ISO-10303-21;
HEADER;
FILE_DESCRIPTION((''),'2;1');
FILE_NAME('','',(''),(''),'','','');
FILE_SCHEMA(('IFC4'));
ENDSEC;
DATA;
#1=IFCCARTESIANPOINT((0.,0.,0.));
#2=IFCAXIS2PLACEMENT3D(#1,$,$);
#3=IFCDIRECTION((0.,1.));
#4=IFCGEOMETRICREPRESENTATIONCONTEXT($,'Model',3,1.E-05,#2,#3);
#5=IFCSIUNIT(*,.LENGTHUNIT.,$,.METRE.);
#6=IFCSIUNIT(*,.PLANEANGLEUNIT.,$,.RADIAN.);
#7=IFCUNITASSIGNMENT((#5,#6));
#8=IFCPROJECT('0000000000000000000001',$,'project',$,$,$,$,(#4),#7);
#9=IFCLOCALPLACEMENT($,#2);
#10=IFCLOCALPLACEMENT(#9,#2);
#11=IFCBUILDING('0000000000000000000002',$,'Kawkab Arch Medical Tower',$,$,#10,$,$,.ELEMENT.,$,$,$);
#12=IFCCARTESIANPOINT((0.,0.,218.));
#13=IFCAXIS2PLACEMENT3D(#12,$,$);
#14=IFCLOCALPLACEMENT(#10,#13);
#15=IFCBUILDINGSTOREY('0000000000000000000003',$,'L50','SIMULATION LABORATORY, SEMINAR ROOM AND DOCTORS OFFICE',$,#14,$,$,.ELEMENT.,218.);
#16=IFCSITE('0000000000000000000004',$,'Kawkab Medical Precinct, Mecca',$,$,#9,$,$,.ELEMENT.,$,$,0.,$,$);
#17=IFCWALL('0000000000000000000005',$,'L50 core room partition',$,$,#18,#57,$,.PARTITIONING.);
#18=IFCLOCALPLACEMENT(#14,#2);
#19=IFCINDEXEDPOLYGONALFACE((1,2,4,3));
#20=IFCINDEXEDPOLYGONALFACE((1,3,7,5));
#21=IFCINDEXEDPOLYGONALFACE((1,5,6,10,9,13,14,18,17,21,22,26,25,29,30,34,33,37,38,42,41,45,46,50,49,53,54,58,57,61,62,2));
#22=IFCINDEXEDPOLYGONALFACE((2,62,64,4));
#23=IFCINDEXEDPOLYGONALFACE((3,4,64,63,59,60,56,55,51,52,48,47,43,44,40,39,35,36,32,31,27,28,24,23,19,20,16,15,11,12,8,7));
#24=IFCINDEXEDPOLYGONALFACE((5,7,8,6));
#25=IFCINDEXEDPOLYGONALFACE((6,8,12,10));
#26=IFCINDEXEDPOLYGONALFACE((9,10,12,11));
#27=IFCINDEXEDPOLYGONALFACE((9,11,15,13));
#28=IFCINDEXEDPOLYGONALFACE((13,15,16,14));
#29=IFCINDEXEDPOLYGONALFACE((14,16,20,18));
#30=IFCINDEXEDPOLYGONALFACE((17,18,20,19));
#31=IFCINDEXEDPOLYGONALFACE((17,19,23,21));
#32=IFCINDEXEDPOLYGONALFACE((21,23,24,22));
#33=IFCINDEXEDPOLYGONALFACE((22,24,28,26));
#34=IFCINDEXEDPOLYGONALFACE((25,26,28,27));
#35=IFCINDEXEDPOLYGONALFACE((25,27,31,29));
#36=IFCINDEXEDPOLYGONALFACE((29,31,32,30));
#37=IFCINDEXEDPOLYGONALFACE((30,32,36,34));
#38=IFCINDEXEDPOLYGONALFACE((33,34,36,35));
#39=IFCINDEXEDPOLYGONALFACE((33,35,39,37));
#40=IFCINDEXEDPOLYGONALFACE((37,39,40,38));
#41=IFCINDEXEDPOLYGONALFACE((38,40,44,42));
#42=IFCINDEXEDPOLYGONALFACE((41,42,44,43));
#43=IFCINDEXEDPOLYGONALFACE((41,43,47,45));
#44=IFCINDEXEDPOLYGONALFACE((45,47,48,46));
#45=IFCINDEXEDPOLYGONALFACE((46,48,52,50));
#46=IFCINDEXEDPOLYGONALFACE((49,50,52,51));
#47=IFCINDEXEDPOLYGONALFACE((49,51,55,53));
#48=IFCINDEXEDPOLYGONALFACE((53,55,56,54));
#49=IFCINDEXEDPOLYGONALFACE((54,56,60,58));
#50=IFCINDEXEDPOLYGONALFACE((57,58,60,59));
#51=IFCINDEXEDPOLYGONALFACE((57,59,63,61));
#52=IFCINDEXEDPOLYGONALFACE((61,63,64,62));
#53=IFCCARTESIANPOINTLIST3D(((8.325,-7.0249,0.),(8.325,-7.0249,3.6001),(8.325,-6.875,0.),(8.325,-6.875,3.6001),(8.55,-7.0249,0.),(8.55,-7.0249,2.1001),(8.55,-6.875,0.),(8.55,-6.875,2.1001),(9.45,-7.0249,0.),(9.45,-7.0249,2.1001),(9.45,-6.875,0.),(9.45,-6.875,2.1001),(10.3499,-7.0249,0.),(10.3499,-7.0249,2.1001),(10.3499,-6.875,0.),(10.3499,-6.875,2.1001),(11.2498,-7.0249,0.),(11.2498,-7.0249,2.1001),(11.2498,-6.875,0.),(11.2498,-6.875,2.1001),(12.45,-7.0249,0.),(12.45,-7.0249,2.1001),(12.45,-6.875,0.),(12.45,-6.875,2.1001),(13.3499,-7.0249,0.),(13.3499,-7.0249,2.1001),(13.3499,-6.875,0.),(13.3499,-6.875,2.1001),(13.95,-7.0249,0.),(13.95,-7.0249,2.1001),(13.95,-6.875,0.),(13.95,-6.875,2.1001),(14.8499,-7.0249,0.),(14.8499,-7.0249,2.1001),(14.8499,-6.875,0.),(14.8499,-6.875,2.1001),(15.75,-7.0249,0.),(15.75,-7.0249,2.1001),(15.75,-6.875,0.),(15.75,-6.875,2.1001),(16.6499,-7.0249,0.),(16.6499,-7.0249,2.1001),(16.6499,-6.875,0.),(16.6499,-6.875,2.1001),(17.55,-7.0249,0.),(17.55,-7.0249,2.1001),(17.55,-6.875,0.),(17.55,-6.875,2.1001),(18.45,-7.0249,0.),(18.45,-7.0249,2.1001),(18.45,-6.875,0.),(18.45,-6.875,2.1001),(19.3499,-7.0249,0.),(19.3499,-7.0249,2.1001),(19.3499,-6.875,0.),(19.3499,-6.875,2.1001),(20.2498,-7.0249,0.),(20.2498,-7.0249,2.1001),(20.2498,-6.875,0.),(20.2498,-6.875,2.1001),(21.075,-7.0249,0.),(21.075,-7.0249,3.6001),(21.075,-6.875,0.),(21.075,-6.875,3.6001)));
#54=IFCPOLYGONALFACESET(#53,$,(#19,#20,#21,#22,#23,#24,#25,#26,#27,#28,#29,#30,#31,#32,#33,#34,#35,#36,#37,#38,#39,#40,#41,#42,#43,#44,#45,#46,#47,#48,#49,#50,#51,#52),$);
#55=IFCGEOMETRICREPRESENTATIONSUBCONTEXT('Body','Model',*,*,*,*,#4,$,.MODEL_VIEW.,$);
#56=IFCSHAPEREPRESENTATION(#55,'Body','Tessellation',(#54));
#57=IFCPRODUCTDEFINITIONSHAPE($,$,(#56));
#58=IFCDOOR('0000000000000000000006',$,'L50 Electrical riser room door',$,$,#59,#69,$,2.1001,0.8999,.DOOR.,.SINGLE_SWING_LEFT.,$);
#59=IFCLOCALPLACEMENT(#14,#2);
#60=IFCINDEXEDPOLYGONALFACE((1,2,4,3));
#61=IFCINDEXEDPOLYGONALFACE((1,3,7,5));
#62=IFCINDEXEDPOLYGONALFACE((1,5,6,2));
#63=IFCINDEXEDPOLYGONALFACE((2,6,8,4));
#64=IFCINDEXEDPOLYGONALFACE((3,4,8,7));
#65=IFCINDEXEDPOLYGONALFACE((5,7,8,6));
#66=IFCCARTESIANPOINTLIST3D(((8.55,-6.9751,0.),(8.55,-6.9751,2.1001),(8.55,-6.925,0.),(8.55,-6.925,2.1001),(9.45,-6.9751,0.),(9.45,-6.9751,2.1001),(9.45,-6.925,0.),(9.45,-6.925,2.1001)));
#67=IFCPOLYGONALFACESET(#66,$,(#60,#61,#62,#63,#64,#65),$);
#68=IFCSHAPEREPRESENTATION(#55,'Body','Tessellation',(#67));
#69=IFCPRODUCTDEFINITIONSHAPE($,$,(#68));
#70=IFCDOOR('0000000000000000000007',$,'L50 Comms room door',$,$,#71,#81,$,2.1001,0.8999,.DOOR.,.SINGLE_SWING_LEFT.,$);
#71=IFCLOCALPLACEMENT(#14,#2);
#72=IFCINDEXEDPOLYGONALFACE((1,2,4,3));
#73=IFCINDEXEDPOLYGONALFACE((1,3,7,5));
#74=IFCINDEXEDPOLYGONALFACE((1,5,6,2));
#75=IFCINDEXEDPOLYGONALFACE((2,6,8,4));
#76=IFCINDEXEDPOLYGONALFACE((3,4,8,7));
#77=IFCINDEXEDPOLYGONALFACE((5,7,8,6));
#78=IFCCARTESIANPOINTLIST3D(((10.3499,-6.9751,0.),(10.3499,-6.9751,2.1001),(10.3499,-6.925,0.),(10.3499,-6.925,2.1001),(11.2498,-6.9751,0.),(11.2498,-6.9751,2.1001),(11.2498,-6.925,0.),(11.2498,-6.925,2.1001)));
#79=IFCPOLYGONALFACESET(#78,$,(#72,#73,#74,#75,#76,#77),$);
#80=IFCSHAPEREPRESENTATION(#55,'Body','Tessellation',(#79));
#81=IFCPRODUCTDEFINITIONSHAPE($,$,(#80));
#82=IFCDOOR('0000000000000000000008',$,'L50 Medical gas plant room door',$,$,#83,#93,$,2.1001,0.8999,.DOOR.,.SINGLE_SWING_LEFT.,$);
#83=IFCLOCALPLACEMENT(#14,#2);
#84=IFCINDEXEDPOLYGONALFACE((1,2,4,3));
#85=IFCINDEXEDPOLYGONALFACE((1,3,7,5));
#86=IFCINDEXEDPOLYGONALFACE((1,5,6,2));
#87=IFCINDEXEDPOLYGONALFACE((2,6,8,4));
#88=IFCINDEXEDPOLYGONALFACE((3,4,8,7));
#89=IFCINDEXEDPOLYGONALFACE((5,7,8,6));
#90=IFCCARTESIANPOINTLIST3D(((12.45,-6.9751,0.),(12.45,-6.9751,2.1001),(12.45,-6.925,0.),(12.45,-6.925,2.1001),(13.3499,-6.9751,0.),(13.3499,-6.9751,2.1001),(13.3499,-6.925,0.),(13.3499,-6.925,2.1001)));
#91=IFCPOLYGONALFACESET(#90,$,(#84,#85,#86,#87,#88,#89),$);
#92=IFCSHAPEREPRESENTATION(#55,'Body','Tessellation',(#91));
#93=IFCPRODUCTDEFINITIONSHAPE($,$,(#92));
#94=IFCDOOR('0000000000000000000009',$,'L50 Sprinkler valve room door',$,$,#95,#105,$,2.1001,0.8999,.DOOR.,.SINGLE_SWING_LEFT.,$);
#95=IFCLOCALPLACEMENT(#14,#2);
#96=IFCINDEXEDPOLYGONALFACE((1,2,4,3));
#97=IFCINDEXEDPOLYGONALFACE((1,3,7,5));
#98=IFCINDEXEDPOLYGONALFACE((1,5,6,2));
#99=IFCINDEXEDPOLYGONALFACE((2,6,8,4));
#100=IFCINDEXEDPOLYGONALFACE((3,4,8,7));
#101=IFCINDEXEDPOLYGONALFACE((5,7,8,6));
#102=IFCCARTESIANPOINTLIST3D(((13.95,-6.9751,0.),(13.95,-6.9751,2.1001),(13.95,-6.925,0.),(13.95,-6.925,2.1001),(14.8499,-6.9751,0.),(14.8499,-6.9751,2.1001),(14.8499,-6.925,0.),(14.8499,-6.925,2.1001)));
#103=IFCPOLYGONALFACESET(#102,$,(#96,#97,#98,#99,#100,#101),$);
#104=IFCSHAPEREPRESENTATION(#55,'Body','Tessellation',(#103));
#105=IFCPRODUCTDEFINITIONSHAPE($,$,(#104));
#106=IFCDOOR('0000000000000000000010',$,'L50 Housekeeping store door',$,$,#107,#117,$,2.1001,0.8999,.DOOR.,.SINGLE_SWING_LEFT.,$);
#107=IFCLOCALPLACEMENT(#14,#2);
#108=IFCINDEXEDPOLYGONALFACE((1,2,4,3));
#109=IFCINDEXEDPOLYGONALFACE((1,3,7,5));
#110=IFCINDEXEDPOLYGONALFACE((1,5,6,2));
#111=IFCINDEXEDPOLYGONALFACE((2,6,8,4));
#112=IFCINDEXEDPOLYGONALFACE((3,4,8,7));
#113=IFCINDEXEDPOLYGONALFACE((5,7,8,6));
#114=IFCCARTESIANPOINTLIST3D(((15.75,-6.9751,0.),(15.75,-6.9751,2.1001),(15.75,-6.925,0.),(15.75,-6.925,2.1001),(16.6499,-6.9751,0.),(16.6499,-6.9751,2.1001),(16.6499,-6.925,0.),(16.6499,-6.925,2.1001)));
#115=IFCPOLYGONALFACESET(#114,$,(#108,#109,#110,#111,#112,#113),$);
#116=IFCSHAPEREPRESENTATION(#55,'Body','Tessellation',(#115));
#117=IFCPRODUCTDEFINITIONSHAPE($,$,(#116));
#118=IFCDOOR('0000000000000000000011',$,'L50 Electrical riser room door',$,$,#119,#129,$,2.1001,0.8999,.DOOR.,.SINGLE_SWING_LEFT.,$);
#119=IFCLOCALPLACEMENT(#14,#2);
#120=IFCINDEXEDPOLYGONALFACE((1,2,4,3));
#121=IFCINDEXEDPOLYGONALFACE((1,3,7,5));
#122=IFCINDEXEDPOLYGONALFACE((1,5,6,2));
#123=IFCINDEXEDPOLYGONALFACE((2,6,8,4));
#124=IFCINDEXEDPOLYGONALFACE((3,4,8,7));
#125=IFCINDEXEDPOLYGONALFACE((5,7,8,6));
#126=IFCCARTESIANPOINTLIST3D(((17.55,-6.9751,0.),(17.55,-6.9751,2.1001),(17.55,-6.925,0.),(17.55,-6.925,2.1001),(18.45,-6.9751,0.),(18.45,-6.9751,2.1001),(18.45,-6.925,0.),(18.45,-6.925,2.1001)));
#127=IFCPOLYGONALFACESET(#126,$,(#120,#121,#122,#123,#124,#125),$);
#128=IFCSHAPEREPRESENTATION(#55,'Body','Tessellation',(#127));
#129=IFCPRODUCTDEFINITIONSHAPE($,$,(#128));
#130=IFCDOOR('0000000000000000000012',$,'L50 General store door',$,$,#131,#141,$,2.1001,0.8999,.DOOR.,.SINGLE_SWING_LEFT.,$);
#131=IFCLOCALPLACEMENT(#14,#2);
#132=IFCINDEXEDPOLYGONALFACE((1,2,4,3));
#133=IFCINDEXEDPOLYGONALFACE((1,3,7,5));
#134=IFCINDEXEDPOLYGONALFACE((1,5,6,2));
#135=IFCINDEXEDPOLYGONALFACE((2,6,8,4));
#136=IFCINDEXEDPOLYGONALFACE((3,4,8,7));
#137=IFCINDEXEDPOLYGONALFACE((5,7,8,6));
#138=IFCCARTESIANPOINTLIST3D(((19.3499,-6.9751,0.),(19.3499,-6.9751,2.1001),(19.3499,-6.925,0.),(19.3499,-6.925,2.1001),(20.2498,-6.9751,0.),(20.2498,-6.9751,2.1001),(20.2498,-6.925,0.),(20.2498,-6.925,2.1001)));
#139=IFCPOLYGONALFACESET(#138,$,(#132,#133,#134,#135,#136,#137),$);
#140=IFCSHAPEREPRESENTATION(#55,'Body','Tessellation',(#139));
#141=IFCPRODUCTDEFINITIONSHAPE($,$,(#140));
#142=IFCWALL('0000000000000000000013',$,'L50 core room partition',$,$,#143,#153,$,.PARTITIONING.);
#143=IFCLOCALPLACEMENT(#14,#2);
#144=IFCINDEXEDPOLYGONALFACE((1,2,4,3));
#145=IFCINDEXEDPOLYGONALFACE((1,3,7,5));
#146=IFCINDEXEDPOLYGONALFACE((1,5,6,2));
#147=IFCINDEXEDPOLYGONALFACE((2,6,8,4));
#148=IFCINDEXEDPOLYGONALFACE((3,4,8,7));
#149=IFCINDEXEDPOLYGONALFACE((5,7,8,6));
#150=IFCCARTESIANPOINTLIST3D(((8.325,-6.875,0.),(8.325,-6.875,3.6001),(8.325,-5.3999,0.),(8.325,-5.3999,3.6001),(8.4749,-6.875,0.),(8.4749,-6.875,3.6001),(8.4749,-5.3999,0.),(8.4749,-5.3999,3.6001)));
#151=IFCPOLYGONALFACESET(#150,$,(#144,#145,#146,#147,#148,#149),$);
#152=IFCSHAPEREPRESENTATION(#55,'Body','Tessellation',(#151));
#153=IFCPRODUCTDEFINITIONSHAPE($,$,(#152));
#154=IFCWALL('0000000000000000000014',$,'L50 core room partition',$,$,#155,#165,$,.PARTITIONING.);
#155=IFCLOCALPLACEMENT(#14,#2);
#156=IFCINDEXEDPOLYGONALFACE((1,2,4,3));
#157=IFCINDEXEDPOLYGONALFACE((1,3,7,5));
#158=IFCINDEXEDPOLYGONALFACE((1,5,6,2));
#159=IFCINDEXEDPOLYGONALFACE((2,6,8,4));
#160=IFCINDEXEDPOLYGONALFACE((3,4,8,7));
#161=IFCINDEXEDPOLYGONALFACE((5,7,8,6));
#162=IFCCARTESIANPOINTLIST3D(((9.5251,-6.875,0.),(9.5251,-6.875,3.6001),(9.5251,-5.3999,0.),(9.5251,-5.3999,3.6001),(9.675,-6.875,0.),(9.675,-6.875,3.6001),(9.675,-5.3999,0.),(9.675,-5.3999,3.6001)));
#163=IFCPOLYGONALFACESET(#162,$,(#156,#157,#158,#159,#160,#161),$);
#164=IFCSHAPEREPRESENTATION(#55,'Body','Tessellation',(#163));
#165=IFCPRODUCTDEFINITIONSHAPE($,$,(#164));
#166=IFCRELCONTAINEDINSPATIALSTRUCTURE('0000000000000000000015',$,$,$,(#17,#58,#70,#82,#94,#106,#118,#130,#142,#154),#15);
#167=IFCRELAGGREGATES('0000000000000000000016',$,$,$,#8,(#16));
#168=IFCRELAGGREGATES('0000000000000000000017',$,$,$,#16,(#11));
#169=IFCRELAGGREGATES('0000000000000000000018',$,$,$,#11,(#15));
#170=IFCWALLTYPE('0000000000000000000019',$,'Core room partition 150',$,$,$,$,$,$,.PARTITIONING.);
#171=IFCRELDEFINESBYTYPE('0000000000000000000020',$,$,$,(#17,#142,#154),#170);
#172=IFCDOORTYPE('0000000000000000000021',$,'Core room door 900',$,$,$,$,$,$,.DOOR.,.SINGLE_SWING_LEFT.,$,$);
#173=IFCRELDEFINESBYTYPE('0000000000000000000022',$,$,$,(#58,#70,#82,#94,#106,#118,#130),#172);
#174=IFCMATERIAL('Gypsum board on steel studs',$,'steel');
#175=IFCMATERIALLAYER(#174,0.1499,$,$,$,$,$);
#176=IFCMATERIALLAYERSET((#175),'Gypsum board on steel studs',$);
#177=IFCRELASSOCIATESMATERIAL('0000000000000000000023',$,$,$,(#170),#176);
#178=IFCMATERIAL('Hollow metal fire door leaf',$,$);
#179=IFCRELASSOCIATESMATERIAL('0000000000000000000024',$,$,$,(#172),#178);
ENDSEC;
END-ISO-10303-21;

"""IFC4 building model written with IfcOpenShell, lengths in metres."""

from ifc_helpers import new_model, si_unit, direction, frame, frame_2d, origin, place, context, subcontext, project, spatial, rectangle, extrude, material, layer, layer_set, type_object, element, fill, save


model = new_model("IFC4")

# Units and contexts
model_context = context("Model", 3, precision=1e-05, world=origin(), true_north=direction((0.0, 1.0)))
body_context = subcontext(model_context, "Body", "Model", "MODEL_VIEW")
ifc_project = project(units=[si_unit("LENGTHUNIT", "METRE"), si_unit("PLANEANGLEUNIT", "RADIAN")], contexts=[model_context])

# Site, building, storey
site_placement = place(None, origin())
site = spatial("IfcSite", under=ifc_project, at=site_placement, Name="Kawkab Medical Precinct, Mecca", CompositionType="ELEMENT", RefElevation=0.0)
building_placement = place(site_placement, origin())
building = spatial("IfcBuilding", under=site, at=building_placement, Name="Kawkab Arch Medical Tower", CompositionType="ELEMENT")
storey_placement = place(building_placement, frame((0.0, 0.0, 218.0)))
storey = spatial("IfcBuildingStorey", under=building, at=storey_placement, Name="L50", Description="SIMULATION LABORATORY, SEMINAR ROOM AND DOCTORS OFFICE", CompositionType="ELEMENT", Elevation=218.0)

# Wall, openings, doors
ifc_material_1 = material(Name="Gypsum board on steel studs", Category="steel")
ifc_layer_1 = layer(ifc_material_1, 0.1499)
ifc_layer_set_1 = layer_set([ifc_layer_1], Name="Gypsum board on steel studs")
wall_type_1 = type_object("IfcWallType", Name="Core room partition 150", PredefinedType="PARTITIONING", material=ifc_layer_set_1)
wall_1_placement = place(storey_placement, frame((8.325, -6.95, 0.0), z_axis=(0.0, 0.0, 1.0), x_axis=(1.0, 0.0, 0.0)))
wall_1 = element("IfcWall", 1, at=wall_1_placement, inside=storey, type_object=wall_type_1, Name="L50 core room partition", PredefinedType="PARTITIONING", context=body_context, shape_type="SweptSolid", body=[
    extrude(rectangle(XDim=12.75, YDim=0.1499, at=frame_2d((6.375, 0.0))), origin(), (0.0, 0.0, 1.0), 3.6001),
])
opening_1_placement = place(wall_1_placement, frame((0.2251, 0.0, 0.0)))
opening_1 = element("IfcOpeningElement", 2, at=opening_1_placement, cuts=wall_1, PredefinedType="OPENING", context=body_context, shape_type="SweptSolid", body=[
    extrude(rectangle(XDim=0.8999, YDim=2.1001, at=frame_2d((0.45, 1.05))), frame((0.0, 0.085, 0.0), z_axis=(0.0, -1.0, 0.0), x_axis=(1.0, 0.0, 0.0)), (0.0, 0.0, 1.0), 0.1699),
])
opening_2_placement = place(wall_1_placement, frame((2.0249, 0.0, 0.0)))
opening_2 = element("IfcOpeningElement", 3, at=opening_2_placement, cuts=wall_1, PredefinedType="OPENING", context=body_context, shape_type="SweptSolid", body=[
    extrude(rectangle(XDim=0.8999, YDim=2.1001, at=frame_2d((0.45, 1.05))), frame((0.0, 0.085, 0.0), z_axis=(0.0, -1.0, 0.0), x_axis=(1.0, 0.0, 0.0)), (0.0, 0.0, 1.0), 0.1699),
])
opening_3_placement = place(wall_1_placement, frame((4.125, 0.0, 0.0)))
opening_3 = element("IfcOpeningElement", 4, at=opening_3_placement, cuts=wall_1, PredefinedType="OPENING", context=body_context, shape_type="SweptSolid", body=[
    extrude(rectangle(XDim=0.8999, YDim=2.1001, at=frame_2d((0.45, 1.05))), frame((0.0, 0.085, 0.0), z_axis=(0.0, -1.0, 0.0), x_axis=(1.0, 0.0, 0.0)), (0.0, 0.0, 1.0), 0.1699),
])
opening_4_placement = place(wall_1_placement, frame((5.625, 0.0, 0.0)))
opening_4 = element("IfcOpeningElement", 5, at=opening_4_placement, cuts=wall_1, PredefinedType="OPENING", context=body_context, shape_type="SweptSolid", body=[
    extrude(rectangle(XDim=0.8999, YDim=2.1001, at=frame_2d((0.45, 1.05))), frame((0.0, 0.085, 0.0), z_axis=(0.0, -1.0, 0.0), x_axis=(1.0, 0.0, 0.0)), (0.0, 0.0, 1.0), 0.1699),
])
opening_5_placement = place(wall_1_placement, frame((7.425, 0.0, 0.0)))
opening_5 = element("IfcOpeningElement", 6, at=opening_5_placement, cuts=wall_1, PredefinedType="OPENING", context=body_context, shape_type="SweptSolid", body=[
    extrude(rectangle(XDim=0.8999, YDim=2.1001, at=frame_2d((0.45, 1.05))), frame((0.0, 0.085, 0.0), z_axis=(0.0, -1.0, 0.0), x_axis=(1.0, 0.0, 0.0)), (0.0, 0.0, 1.0), 0.1699),
])
opening_6_placement = place(wall_1_placement, frame((9.2251, 0.0, 0.0)))
opening_6 = element("IfcOpeningElement", 7, at=opening_6_placement, cuts=wall_1, PredefinedType="OPENING", context=body_context, shape_type="SweptSolid", body=[
    extrude(rectangle(XDim=0.8999, YDim=2.1001, at=frame_2d((0.45, 1.05))), frame((0.0, 0.085, 0.0), z_axis=(0.0, -1.0, 0.0), x_axis=(1.0, 0.0, 0.0)), (0.0, 0.0, 1.0), 0.1699),
])
opening_7_placement = place(wall_1_placement, frame((11.0249, 0.0, 0.0)))
opening_7 = element("IfcOpeningElement", 8, at=opening_7_placement, cuts=wall_1, PredefinedType="OPENING", context=body_context, shape_type="SweptSolid", body=[
    extrude(rectangle(XDim=0.8999, YDim=2.1001, at=frame_2d((0.45, 1.05))), frame((0.0, 0.085, 0.0), z_axis=(0.0, -1.0, 0.0), x_axis=(1.0, 0.0, 0.0)), (0.0, 0.0, 1.0), 0.1699),
])
ifc_material_2 = material(Name="Hollow metal fire door leaf")
door_type_1 = type_object("IfcDoorType", Name="Core room door 900", OperationType="SINGLE_SWING_LEFT", PredefinedType="DOOR", material=ifc_material_2)
door_1_placement = place(opening_1_placement, origin())
door_1 = element("IfcDoor", 9, at=door_1_placement, inside=storey, type_object=door_type_1, Name="L50 Electrical riser room door", OperationType="SINGLE_SWING_LEFT", OverallHeight=2.1001, OverallWidth=0.8999, PredefinedType="DOOR", context=body_context, shape_type="SweptSolid", body=[
    extrude(rectangle(XDim=0.8999, YDim=2.1001, at=frame_2d((0.45, 1.05))), frame((0.0, 0.0249, 0.0), z_axis=(0.0, -1.0, 0.0), x_axis=(1.0, 0.0, 0.0)), (0.0, 0.0, 1.0), 0.05),
])
fill(opening_1, door_1)
door_2_placement = place(opening_2_placement, origin())
door_2 = element("IfcDoor", 10, at=door_2_placement, inside=storey, type_object=door_type_1, Name="L50 Comms room door", OperationType="SINGLE_SWING_LEFT", OverallHeight=2.1001, OverallWidth=0.8999, PredefinedType="DOOR", context=body_context, shape_type="SweptSolid", body=[
    extrude(rectangle(XDim=0.8999, YDim=2.1001, at=frame_2d((0.45, 1.05))), frame((0.0, 0.0249, 0.0), z_axis=(0.0, -1.0, 0.0), x_axis=(1.0, 0.0, 0.0)), (0.0, 0.0, 1.0), 0.05),
])
fill(opening_2, door_2)
door_3_placement = place(opening_3_placement, origin())
door_3 = element("IfcDoor", 11, at=door_3_placement, inside=storey, type_object=door_type_1, Name="L50 Medical gas plant room door", OperationType="SINGLE_SWING_LEFT", OverallHeight=2.1001, OverallWidth=0.8999, PredefinedType="DOOR", context=body_context, shape_type="SweptSolid", body=[
    extrude(rectangle(XDim=0.8999, YDim=2.1001, at=frame_2d((0.45, 1.05))), frame((0.0, 0.0249, 0.0), z_axis=(0.0, -1.0, 0.0), x_axis=(1.0, 0.0, 0.0)), (0.0, 0.0, 1.0), 0.05),
])
fill(opening_3, door_3)
door_4_placement = place(opening_4_placement, origin())
door_4 = element("IfcDoor", 12, at=door_4_placement, inside=storey, type_object=door_type_1, Name="L50 Sprinkler valve room door", OperationType="SINGLE_SWING_LEFT", OverallHeight=2.1001, OverallWidth=0.8999, PredefinedType="DOOR", context=body_context, shape_type="SweptSolid", body=[
    extrude(rectangle(XDim=0.8999, YDim=2.1001, at=frame_2d((0.45, 1.05))), frame((0.0, 0.0249, 0.0), z_axis=(0.0, -1.0, 0.0), x_axis=(1.0, 0.0, 0.0)), (0.0, 0.0, 1.0), 0.05),
])
fill(opening_4, door_4)
door_5_placement = place(opening_5_placement, origin())
door_5 = element("IfcDoor", 13, at=door_5_placement, inside=storey, type_object=door_type_1, Name="L50 Housekeeping store door", OperationType="SINGLE_SWING_LEFT", OverallHeight=2.1001, OverallWidth=0.8999, PredefinedType="DOOR", context=body_context, shape_type="SweptSolid", body=[
    extrude(rectangle(XDim=0.8999, YDim=2.1001, at=frame_2d((0.45, 1.05))), frame((0.0, 0.0249, 0.0), z_axis=(0.0, -1.0, 0.0), x_axis=(1.0, 0.0, 0.0)), (0.0, 0.0, 1.0), 0.05),
])
fill(opening_5, door_5)
door_6_placement = place(opening_6_placement, origin())
door_6 = element("IfcDoor", 14, at=door_6_placement, inside=storey, type_object=door_type_1, Name="L50 Electrical riser room door", OperationType="SINGLE_SWING_LEFT", OverallHeight=2.1001, OverallWidth=0.8999, PredefinedType="DOOR", context=body_context, shape_type="SweptSolid", body=[
    extrude(rectangle(XDim=0.8999, YDim=2.1001, at=frame_2d((0.45, 1.05))), frame((0.0, 0.0249, 0.0), z_axis=(0.0, -1.0, 0.0), x_axis=(1.0, 0.0, 0.0)), (0.0, 0.0, 1.0), 0.05),
])
fill(opening_6, door_6)
door_7_placement = place(opening_7_placement, origin())
door_7 = element("IfcDoor", 15, at=door_7_placement, inside=storey, type_object=door_type_1, Name="L50 General store door", OperationType="SINGLE_SWING_LEFT", OverallHeight=2.1001, OverallWidth=0.8999, PredefinedType="DOOR", context=body_context, shape_type="SweptSolid", body=[
    extrude(rectangle(XDim=0.8999, YDim=2.1001, at=frame_2d((0.45, 1.05))), frame((0.0, 0.0249, 0.0), z_axis=(0.0, -1.0, 0.0), x_axis=(1.0, 0.0, 0.0)), (0.0, 0.0, 1.0), 0.05),
])
fill(opening_7, door_7)

# Walls
for number, where, z_axis, x_axis, name in (
    (16, (8.3999, -6.875, 0.0), (0.0, 0.0, 1.0), (0.0, 1.0, 0.0), "L50 core room partition"),
    (17, (9.6001, -6.875, 0.0), (0.0, 0.0, 1.0), (0.0, 1.0, 0.0), "L50 core room partition"),
):
    element("IfcWall", number, at=place(storey_placement, frame(where, z_axis=z_axis, x_axis=x_axis)), inside=storey, type_object=wall_type_1, Name=name, PredefinedType="PARTITIONING", context=body_context, shape_type="SweptSolid", body=[
        extrude(rectangle(XDim=1.4751, YDim=0.1499, at=frame_2d((0.7375, 0.0))), origin(), (0.0, 0.0, 1.0), 3.6001),
    ])

save(model, "model.ifc")
